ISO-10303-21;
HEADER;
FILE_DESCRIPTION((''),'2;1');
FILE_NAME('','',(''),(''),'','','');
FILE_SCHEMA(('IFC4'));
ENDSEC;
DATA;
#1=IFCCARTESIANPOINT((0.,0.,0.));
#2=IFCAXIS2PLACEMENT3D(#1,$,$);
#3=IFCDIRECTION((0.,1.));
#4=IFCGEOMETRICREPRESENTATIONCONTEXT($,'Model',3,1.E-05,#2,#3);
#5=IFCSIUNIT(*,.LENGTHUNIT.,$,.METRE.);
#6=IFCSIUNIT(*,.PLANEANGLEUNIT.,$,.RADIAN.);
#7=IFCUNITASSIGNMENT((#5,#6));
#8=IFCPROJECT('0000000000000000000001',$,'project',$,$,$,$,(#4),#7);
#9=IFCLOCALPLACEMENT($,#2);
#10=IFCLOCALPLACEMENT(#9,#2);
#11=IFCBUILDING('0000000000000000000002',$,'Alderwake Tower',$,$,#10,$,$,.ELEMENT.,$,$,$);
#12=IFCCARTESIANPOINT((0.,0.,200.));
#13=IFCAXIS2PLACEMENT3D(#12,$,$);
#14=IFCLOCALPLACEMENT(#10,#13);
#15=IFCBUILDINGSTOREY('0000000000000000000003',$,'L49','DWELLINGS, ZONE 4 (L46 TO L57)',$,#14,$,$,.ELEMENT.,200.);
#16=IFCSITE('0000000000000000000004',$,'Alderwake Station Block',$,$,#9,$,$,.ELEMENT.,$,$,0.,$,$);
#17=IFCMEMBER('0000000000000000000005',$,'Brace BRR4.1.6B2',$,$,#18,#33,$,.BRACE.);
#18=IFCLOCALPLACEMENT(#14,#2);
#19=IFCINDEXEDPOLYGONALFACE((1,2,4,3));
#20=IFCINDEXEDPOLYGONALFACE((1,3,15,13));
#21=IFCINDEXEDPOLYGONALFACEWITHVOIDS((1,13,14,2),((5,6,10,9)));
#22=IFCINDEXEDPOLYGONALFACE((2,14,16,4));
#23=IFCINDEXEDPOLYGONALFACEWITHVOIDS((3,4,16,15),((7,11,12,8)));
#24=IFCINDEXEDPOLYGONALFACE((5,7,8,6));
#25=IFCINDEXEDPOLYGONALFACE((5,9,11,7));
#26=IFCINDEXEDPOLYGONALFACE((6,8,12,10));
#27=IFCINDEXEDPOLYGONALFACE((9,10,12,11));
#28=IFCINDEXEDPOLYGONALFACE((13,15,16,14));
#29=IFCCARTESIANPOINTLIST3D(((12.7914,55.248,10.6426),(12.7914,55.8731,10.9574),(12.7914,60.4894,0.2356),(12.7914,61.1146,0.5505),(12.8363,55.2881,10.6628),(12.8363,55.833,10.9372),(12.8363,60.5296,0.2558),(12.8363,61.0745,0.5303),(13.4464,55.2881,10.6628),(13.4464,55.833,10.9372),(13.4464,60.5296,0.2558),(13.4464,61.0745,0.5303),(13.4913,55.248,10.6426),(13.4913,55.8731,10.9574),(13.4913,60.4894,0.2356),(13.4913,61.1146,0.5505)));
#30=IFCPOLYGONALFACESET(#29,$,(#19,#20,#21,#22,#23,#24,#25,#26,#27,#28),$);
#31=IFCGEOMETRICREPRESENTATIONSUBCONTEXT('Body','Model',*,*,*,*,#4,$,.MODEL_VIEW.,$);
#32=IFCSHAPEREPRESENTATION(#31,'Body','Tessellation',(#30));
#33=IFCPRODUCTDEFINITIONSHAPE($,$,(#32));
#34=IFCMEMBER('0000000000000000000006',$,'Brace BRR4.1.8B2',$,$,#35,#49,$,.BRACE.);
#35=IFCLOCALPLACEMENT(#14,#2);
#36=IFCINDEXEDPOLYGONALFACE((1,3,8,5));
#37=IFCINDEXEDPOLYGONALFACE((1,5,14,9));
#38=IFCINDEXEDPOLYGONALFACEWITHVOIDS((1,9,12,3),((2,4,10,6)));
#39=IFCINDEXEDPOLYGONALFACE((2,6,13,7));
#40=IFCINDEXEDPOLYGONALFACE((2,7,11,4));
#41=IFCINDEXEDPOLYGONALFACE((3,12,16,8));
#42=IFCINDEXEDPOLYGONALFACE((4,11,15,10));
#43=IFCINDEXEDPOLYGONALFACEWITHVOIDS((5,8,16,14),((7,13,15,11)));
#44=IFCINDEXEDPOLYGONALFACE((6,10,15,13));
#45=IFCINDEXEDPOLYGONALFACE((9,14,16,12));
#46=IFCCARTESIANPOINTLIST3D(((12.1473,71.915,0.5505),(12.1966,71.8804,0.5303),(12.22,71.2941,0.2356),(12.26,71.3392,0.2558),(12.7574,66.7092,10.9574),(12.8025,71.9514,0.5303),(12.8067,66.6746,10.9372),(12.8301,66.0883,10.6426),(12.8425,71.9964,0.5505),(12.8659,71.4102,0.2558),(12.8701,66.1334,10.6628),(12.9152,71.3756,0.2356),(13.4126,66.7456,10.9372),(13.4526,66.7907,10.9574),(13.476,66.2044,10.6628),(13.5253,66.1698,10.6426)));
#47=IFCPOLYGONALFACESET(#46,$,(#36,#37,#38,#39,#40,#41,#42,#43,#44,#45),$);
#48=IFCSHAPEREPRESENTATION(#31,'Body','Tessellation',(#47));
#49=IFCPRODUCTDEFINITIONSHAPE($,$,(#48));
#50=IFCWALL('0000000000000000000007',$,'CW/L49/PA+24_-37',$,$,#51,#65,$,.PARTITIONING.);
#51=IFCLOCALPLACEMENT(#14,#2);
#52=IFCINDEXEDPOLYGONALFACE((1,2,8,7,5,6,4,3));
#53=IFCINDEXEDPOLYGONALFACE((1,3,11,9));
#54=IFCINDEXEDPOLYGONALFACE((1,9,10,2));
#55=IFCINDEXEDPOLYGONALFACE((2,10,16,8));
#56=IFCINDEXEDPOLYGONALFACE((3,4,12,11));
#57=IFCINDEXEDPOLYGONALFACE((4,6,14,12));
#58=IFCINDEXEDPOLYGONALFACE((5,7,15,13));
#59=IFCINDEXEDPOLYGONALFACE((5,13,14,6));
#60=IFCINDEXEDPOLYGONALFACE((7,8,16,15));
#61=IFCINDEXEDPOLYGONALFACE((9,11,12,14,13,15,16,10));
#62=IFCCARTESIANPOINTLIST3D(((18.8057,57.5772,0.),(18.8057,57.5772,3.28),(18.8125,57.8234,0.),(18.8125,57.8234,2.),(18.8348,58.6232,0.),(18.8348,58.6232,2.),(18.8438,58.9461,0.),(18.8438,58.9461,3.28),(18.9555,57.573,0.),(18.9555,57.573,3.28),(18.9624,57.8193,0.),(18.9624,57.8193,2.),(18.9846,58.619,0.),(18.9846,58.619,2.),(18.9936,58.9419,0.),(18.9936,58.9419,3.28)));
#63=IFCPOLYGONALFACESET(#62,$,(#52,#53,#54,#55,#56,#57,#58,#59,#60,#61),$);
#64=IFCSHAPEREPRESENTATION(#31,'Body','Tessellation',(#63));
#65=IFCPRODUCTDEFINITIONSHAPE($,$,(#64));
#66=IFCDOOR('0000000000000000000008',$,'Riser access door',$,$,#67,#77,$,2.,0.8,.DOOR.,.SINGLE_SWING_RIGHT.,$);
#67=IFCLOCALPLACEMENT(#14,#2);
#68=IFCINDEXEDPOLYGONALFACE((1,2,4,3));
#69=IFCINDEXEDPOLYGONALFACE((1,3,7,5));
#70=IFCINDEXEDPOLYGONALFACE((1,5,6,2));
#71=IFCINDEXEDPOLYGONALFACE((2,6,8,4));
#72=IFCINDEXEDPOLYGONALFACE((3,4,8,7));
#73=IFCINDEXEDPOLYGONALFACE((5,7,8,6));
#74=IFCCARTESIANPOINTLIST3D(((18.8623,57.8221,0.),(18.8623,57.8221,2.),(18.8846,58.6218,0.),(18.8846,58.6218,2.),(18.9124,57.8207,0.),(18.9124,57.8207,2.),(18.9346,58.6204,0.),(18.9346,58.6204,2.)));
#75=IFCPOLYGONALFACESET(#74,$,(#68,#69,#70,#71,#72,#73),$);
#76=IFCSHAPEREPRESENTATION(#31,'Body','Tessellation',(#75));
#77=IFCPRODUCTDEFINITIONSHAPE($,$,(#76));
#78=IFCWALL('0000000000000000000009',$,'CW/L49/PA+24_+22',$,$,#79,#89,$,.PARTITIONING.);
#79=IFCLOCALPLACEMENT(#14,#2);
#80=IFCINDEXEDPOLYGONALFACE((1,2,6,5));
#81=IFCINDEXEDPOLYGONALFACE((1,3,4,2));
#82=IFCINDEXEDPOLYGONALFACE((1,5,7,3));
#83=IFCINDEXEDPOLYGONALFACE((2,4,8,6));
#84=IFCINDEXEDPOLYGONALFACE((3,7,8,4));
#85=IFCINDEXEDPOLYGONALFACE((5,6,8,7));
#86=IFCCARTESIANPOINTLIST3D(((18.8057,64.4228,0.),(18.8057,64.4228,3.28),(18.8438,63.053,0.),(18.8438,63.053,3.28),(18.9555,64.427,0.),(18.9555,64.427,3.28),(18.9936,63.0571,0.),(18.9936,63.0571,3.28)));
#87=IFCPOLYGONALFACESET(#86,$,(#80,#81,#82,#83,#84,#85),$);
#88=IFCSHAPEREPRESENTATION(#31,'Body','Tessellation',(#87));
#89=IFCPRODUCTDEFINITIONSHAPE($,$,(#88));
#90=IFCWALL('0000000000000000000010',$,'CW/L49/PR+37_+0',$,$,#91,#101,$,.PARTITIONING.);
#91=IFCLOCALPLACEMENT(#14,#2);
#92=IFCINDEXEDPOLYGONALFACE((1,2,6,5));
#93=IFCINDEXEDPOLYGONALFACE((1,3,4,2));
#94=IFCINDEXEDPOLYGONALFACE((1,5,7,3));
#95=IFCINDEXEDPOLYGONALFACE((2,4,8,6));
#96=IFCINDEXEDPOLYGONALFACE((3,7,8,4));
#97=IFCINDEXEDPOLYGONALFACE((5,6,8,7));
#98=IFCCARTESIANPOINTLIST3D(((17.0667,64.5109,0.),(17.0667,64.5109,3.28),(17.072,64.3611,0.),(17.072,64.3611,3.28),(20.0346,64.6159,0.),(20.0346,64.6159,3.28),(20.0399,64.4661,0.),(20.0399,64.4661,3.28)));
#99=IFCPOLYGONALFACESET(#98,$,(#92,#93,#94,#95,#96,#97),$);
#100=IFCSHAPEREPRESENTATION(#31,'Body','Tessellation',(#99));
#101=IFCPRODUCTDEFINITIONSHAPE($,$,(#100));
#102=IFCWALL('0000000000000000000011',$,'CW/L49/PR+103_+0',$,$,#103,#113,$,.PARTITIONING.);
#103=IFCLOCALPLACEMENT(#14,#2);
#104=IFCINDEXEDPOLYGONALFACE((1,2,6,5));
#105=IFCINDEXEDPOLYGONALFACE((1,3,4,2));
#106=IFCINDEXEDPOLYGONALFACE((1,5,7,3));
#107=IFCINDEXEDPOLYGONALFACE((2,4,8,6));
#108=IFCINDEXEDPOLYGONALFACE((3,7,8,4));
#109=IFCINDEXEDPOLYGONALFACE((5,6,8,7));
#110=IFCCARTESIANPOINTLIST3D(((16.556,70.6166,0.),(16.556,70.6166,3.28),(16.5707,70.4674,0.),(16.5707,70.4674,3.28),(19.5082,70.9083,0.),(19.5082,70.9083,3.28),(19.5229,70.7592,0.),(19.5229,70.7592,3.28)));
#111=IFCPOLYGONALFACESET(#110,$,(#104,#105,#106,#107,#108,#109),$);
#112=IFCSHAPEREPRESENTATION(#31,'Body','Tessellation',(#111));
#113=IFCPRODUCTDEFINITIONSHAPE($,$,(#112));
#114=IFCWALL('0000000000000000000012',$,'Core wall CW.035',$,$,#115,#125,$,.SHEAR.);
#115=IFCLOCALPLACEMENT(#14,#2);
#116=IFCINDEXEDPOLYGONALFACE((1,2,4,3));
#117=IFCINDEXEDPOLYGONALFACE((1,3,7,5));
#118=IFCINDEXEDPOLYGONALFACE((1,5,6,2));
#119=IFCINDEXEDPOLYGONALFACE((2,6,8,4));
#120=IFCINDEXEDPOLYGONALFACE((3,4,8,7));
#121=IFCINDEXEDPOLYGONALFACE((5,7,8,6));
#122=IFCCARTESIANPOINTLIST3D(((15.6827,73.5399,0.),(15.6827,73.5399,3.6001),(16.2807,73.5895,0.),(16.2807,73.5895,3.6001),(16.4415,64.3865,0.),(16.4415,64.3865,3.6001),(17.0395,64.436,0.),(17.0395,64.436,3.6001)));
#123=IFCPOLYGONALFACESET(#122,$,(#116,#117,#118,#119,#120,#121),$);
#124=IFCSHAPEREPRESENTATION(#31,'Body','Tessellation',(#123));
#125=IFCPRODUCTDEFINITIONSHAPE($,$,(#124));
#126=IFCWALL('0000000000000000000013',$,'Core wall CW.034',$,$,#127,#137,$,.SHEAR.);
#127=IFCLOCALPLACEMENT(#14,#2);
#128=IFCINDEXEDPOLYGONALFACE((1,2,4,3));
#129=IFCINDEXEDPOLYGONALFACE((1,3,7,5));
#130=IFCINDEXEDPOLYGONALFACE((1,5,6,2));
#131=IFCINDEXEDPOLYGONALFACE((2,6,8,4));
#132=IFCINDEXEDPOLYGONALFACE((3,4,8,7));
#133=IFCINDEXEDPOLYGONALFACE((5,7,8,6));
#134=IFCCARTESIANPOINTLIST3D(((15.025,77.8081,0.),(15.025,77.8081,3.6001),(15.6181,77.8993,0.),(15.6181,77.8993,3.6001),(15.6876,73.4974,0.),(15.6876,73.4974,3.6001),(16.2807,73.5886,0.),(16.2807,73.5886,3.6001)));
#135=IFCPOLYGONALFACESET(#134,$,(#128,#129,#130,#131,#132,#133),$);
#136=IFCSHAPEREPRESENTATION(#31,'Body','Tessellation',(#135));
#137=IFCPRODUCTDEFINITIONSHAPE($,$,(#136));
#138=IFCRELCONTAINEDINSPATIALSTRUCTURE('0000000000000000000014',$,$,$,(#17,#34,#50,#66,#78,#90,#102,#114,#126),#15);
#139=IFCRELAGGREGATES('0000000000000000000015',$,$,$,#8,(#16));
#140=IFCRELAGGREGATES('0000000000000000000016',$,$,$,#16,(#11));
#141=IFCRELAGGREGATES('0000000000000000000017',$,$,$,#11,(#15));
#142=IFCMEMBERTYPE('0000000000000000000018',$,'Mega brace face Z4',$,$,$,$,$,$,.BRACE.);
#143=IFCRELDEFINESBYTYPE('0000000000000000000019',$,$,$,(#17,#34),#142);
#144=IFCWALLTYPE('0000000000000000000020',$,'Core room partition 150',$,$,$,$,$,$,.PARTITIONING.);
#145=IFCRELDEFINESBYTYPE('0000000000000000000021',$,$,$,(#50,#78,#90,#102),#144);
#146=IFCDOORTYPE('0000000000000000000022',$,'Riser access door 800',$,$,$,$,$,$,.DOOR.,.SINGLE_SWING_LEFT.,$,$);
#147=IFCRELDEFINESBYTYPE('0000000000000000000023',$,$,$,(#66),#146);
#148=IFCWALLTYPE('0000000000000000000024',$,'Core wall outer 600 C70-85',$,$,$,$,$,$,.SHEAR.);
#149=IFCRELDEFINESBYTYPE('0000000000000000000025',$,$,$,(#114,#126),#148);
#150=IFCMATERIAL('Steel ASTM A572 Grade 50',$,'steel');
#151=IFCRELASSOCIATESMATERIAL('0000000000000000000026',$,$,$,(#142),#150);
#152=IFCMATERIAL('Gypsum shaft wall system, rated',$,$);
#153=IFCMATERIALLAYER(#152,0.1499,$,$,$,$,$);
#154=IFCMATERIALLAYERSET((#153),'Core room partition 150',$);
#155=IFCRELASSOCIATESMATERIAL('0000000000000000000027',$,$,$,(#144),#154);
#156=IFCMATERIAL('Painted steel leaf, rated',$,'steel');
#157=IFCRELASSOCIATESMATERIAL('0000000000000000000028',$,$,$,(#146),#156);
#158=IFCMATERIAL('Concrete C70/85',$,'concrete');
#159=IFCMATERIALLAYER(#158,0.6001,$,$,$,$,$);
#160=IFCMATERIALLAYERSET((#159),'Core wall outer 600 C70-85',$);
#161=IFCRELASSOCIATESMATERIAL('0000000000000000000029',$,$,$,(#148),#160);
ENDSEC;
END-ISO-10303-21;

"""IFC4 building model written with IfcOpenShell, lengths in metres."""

from ifc_helpers import new_model, si_unit, direction, frame, frame_2d, origin, origin_2d, place, context, subcontext, project, spatial, rectangle, hollow_rectangle, extrude, material, layer, layer_set, material_profile, profile_set, type_object, element, fill, save


model = new_model("IFC4")

# Units and contexts
model_context = context("Model", 3, precision=1e-05, world=origin(), true_north=direction((0.0, 1.0)))
body_context = subcontext(model_context, "Body", "Model", "MODEL_VIEW")
ifc_project = project(units=[si_unit("LENGTHUNIT", "METRE"), si_unit("PLANEANGLEUNIT", "RADIAN")], contexts=[model_context])

# Site, building, storey
site_placement = place(None, origin())
site = spatial("IfcSite", under=ifc_project, at=site_placement, Name="Alderwake Station Block", CompositionType="ELEMENT", RefElevation=0.0)
building_placement = place(site_placement, origin())
building = spatial("IfcBuilding", under=site, at=building_placement, Name="Alderwake Tower", CompositionType="ELEMENT")
storey_placement = place(building_placement, frame((0.0, 0.0, 200.0)))
storey = spatial("IfcBuildingStorey", under=building, at=storey_placement, Name="L49", Description="DWELLINGS, ZONE 4 (L46 TO L57)", CompositionType="ELEMENT", Elevation=200.0)

# Members
ifc_material_1 = material(Name="Steel ASTM A572 Grade 50", Category="steel")
ifc_material_profile_1 = material_profile(ifc_material_1, hollow_rectangle(XDim=0.7, YDim=0.7, WallThickness=0.0449, at=origin_2d()), Name="BOX 700X700X45")
ifc_profile_set_1 = profile_set([ifc_material_profile_1], Name="Steel ASTM A572 Grade 50")
member_type = type_object("IfcMemberType", Name="Mega brace face Z4", PredefinedType="BRACE", material=ifc_profile_set_1)
for number, where, z_axis, x_axis, name in (
    (1, (13.1414, 60.802, 0.3931), (0.0, -0.449818, 0.89312), (1.0, 0.0, 0.0), "Brace BRR4.1.6B2"),
    (2, (12.5312, 71.6453, 0.3931), (0.052359, -0.446759, 0.893121), (0.993202, 0.116401, 0.0), "Brace BRR4.1.8B2"),
):
    element("IfcMember", number, at=place(storey_placement, frame(where, z_axis=z_axis, x_axis=x_axis)), inside=storey, type_object=member_type, Name=name, PredefinedType="BRACE", context=body_context, shape_type="SweptSolid", body=[
        extrude(hollow_rectangle(XDim=0.7, YDim=0.7, WallThickness=0.0449, at=origin_2d()), origin(), (0.0, 0.0, 1.0), 11.6523),
    ])

# Wall, opening, door
ifc_material_2 = material(Name="Gypsum shaft wall system, rated")
ifc_layer_1 = layer(ifc_material_2, 0.1499)
ifc_layer_set_1 = layer_set([ifc_layer_1], Name="Core room partition 150")
wall_type_1 = type_object("IfcWallType", Name="Core room partition 150", PredefinedType="PARTITIONING", material=ifc_layer_set_1)
wall_1_placement = place(storey_placement, frame((18.9187, 58.9438, 0.0), z_axis=(0.0, 0.0, 1.0), x_axis=(-0.027812, -0.999613, 0.0)))
wall_1 = element("IfcWall", 3, at=wall_1_placement, inside=storey, type_object=wall_type_1, Name="CW/L49/PA+24_-37", PredefinedType="PARTITIONING", context=body_context, shape_type="SweptSolid", body=[
    extrude(rectangle(XDim=1.3694, YDim=0.1499, at=frame_2d((0.6846, 0.0))), origin(), (0.0, 0.0, 1.0), 3.28),
])
opening_1_placement = place(wall_1_placement, frame((0.323, 0.0, 0.0)))
opening_1 = element("IfcOpeningElement", 4, at=opening_1_placement, cuts=wall_1, PredefinedType="OPENING", context=body_context, shape_type="SweptSolid", body=[
    extrude(rectangle(XDim=0.8, YDim=2.0, at=frame_2d((0.3999, 1.0))), frame((0.0, 0.085, 0.0), z_axis=(0.0, -1.0, 0.0), x_axis=(1.0, 0.0, 0.0)), (0.0, 0.0, 1.0), 0.1699),
])
ifc_material_3 = material(Name="Painted steel leaf, rated", Category="steel")
door_type_1 = type_object("IfcDoorType", Name="Riser access door 800", OperationType="SINGLE_SWING_LEFT", PredefinedType="DOOR", material=ifc_material_3)
door_1_placement = place(opening_1_placement, origin())
door_1 = element("IfcDoor", 5, at=door_1_placement, inside=storey, type_object=door_type_1, Name="Riser access door", OperationType="SINGLE_SWING_RIGHT", OverallHeight=2.0, OverallWidth=0.8, PredefinedType="DOOR", context=body_context, shape_type="SweptSolid", body=[
    extrude(rectangle(XDim=0.8, YDim=2.0, at=frame_2d((0.3999, 1.0))), frame((0.0, 0.0249, 0.0), z_axis=(0.0, -1.0, 0.0), x_axis=(1.0, 0.0, 0.0)), (0.0, 0.0, 1.0), 0.05),
])
fill(opening_1, door_1)

# Walls
wall_2_placement = place(storey_placement, frame((18.9187, 63.0552, 0.0), z_axis=(0.0, 0.0, 1.0), x_axis=(-0.027792, 0.999614, 0.0)))
element("IfcWall", 6, at=wall_2_placement, inside=storey, type_object=wall_type_1, Name="CW/L49/PA+24_+22", PredefinedType="PARTITIONING", context=body_context, shape_type="SweptSolid", body=[
    extrude(rectangle(XDim=1.3704, YDim=0.1499, at=frame_2d((0.6851, 0.0))), origin(), (0.0, 0.0, 1.0), 3.28),
])
wall_3_placement = place(storey_placement, frame((17.0693, 64.436, 0.0), z_axis=(0.0, 0.0, 1.0), x_axis=(0.999375, 0.035351, 0.0)))
element("IfcWall", 7, at=wall_3_placement, inside=storey, type_object=wall_type_1, Name="CW/L49/PR+37_+0", PredefinedType="PARTITIONING", context=body_context, shape_type="SweptSolid", body=[
    extrude(rectangle(XDim=2.9697, YDim=0.1499, at=frame_2d((1.4849, 0.0))), origin(), (0.0, 0.0, 1.0), 3.28),
])
wall_4_placement = place(storey_placement, frame((16.5632, 70.542, 0.0), z_axis=(0.0, 0.0, 1.0), x_axis=(0.995152, 0.098347, 0.0)))
element("IfcWall", 8, at=wall_4_placement, inside=storey, type_object=wall_type_1, Name="CW/L49/PR+103_+0", PredefinedType="PARTITIONING", context=body_context, shape_type="SweptSolid", body=[
    extrude(rectangle(XDim=2.9666, YDim=0.1499, at=frame_2d((1.4834, 0.0))), origin(), (0.0, 0.0, 1.0), 3.28),
])
ifc_material_4 = material(Name="Concrete C70/85", Category="concrete")
ifc_layer_2 = layer(ifc_material_4, 0.6001)
ifc_layer_set_2 = layer_set([ifc_layer_2], Name="Core wall outer 600 C70-85")
wall_type_2 = type_object("IfcWallType", Name="Core wall outer 600 C70-85", PredefinedType="SHEAR", material=ifc_layer_set_2)
wall_5_placement = place(storey_placement, frame((16.7405, 64.4114, 0.0), z_axis=(0.0, 0.0, 1.0), x_axis=(-0.082614, 0.996582, 0.0)))
element("IfcWall", 9, at=wall_5_placement, inside=storey, type_object=wall_type_2, Name="Core wall CW.035", PredefinedType="SHEAR", context=body_context, shape_type="SweptSolid", body=[
    extrude(rectangle(XDim=9.1848, YDim=0.6001, at=frame_2d((4.5923, 0.0))), origin(), (0.0, 0.0, 1.0), 3.6001),
])
wall_6_placement = place(storey_placement, frame((15.9841, 73.543, 0.0), z_axis=(0.0, 0.0, 1.0), x_axis=(-0.151923, 0.988392, 0.0)))
element("IfcWall", 10, at=wall_6_placement, inside=storey, type_object=wall_type_2, Name="Core wall CW.034", PredefinedType="SHEAR", context=body_context, shape_type="SweptSolid", body=[
    extrude(rectangle(XDim=4.3613, YDim=0.6001, at=frame_2d((2.1807, 0.0))), origin(), (0.0, 0.0, 1.0), 3.6001),
])

save(model, "model.ifc")
